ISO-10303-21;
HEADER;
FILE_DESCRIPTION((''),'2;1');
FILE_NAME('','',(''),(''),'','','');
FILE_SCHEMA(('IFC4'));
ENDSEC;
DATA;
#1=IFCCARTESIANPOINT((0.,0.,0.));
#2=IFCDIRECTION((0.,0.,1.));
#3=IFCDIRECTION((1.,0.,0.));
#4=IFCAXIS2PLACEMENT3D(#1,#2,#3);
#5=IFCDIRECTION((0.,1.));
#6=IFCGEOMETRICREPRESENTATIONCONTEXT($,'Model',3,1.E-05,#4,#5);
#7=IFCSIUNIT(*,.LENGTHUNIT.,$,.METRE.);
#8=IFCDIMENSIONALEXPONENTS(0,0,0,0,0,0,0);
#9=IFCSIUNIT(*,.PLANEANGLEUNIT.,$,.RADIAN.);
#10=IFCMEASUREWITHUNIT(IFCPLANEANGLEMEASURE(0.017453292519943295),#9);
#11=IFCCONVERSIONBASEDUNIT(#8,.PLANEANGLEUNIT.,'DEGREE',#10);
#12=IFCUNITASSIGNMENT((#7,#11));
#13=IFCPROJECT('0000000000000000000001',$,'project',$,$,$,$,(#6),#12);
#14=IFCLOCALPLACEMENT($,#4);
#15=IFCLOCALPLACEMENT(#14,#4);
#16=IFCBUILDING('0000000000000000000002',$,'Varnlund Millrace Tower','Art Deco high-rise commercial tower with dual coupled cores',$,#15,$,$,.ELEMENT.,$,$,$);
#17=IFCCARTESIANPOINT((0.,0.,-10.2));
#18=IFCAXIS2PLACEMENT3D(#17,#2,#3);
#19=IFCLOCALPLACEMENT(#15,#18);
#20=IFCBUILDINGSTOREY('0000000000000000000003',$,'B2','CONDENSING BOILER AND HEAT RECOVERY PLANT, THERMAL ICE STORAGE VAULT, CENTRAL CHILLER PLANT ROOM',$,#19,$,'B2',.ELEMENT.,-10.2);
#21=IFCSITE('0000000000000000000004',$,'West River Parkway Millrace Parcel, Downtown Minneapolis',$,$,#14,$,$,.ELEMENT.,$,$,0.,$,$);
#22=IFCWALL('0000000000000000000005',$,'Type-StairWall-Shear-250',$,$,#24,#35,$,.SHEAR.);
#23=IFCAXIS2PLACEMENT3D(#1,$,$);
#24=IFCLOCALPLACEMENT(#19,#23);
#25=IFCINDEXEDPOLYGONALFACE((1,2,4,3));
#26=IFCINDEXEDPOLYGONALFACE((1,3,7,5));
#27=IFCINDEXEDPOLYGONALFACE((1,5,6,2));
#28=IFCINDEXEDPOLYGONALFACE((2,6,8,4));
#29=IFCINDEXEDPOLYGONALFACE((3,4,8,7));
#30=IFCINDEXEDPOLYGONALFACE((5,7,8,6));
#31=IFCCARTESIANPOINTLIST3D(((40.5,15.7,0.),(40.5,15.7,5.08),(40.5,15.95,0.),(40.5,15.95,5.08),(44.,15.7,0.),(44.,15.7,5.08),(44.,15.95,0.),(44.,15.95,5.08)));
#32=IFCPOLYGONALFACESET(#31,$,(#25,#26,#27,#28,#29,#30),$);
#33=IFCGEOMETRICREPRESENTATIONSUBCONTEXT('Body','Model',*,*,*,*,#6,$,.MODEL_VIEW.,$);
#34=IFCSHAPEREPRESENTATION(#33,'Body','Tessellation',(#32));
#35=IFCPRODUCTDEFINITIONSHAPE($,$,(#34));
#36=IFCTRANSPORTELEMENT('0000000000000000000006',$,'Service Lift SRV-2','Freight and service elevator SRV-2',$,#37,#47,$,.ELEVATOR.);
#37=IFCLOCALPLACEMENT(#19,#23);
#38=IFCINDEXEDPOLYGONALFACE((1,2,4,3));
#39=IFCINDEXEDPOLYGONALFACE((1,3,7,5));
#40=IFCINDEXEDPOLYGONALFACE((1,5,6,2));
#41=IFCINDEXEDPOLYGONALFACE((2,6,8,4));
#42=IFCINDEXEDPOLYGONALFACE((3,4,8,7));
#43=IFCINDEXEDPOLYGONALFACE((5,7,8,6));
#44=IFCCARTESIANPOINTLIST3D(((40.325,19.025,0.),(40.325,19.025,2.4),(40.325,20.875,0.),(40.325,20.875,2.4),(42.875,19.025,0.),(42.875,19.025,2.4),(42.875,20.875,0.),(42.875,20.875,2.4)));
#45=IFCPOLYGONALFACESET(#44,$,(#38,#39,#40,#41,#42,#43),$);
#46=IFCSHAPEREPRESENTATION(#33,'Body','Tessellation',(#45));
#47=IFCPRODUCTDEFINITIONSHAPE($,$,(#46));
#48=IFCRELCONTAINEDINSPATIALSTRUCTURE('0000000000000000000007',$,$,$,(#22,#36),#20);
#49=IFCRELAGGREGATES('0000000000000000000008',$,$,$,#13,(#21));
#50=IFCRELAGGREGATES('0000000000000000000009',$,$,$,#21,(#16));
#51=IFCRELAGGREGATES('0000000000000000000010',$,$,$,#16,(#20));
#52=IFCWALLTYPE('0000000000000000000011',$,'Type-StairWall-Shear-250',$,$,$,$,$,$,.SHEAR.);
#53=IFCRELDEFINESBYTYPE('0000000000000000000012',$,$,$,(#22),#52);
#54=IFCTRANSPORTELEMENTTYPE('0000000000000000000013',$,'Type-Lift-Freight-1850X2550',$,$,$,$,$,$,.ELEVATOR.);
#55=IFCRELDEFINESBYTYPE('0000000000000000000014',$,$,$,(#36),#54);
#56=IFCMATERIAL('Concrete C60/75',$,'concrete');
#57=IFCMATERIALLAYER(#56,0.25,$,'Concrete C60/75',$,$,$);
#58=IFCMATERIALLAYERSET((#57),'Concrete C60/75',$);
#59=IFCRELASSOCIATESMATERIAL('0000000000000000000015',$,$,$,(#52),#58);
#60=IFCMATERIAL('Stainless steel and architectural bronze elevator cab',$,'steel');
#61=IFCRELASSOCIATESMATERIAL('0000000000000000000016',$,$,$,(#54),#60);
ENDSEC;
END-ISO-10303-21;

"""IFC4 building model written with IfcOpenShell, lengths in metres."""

from ifc_helpers import new_model, entity, si_unit, converted_unit, direction, frame, origin_with_axes, origin_2d_with_axis, place, context, subcontext, project, spatial, polyline, rectangle, outline, extrude, material, layer, layer_set, type_object, element, save


model = new_model("IFC4")

# Units and contexts
model_context = context("Model", 3, precision=1e-05, world=origin_with_axes(), true_north=direction((0.0, 1.0)))
body_context = subcontext(model_context, "Body", "Model", "MODEL_VIEW")
ifc_project = project(units=[si_unit("LENGTHUNIT", "METRE"), converted_unit("PLANEANGLEUNIT", "DEGREE", entity("IfcPlaneAngleMeasure", 0.017453292519943295), si_unit("PLANEANGLEUNIT", "RADIAN"), dimensions=[0, 0, 0, 0, 0, 0, 0])], contexts=[model_context])

# Site, building, storey
site_placement = place(None, origin_with_axes())
site = spatial("IfcSite", under=ifc_project, at=site_placement, Name="West River Parkway Millrace Parcel, Downtown Minneapolis", CompositionType="ELEMENT", RefElevation=0.0)
building_placement = place(site_placement, origin_with_axes())
building = spatial("IfcBuilding", under=site, at=building_placement, Name="Varnlund Millrace Tower", Description="Art Deco high-rise commercial tower with dual coupled cores", CompositionType="ELEMENT")
storey_placement = place(building_placement, frame((0.0, 0.0, -10.2), z_axis=(0.0, 0.0, 1.0), x_axis=(1.0, 0.0, 0.0)))
storey = spatial("IfcBuildingStorey", under=building, at=storey_placement, Name="B2", Description="CONDENSING BOILER AND HEAT RECOVERY PLANT, THERMAL ICE STORAGE VAULT, CENTRAL CHILLER PLANT ROOM", LongName="B2", CompositionType="ELEMENT", Elevation=-10.2)

# Shared definitions
ifc_material_1 = material(Name="Concrete C60/75", Category="concrete")
ifc_layer_1 = layer(ifc_material_1, 0.25, Name="Concrete C60/75")
ifc_layer_set_1 = layer_set([ifc_layer_1], Name="Concrete C60/75")

# Wall
wall_type_1 = type_object("IfcWallType", Name="Type-StairWall-Shear-250", PredefinedType="SHEAR", material=ifc_layer_set_1)
wall_1_placement = place(storey_placement, frame((40.5, 15.825, 0.0), z_axis=(0.0, 0.0, 1.0), x_axis=(1.0, 0.0, 0.0)))
element("IfcWall", 1, at=wall_1_placement, inside=storey, type_object=wall_type_1, Name="Type-StairWall-Shear-250", PredefinedType="SHEAR", context=body_context, shape_type="SweptSolid", body=[
    extrude(outline(polyline([(0.0, -0.125), (3.5, -0.125), (3.5, 0.125), (0.0, 0.125), (0.0, -0.125)])), origin_with_axes(), (0.0, 0.0, 1.0), 5.08),
])

# Transport element
ifc_material_2 = material(Name="Stainless steel and architectural bronze elevator cab", Category="steel")
transport_element_type = type_object("IfcTransportElementType", Name="Type-Lift-Freight-1850X2550", PredefinedType="ELEVATOR", material=ifc_material_2)
transport_element_placement = place(storey_placement, frame((41.6, 19.95, 0.0), z_axis=(0.0, 0.0, 1.0), x_axis=(1.0, 0.0, 0.0)))
element("IfcTransportElement", 2, at=transport_element_placement, inside=storey, type_object=transport_element_type, Name="Service Lift SRV-2", Description="Freight and service elevator SRV-2", PredefinedType="ELEVATOR", context=body_context, shape_type="SweptSolid", body=[
    extrude(rectangle(XDim=2.55, YDim=1.85, at=origin_2d_with_axis()), origin_with_axes(), (0.0, 0.0, 1.0), 2.4),
])

save(model, "model.ifc")
